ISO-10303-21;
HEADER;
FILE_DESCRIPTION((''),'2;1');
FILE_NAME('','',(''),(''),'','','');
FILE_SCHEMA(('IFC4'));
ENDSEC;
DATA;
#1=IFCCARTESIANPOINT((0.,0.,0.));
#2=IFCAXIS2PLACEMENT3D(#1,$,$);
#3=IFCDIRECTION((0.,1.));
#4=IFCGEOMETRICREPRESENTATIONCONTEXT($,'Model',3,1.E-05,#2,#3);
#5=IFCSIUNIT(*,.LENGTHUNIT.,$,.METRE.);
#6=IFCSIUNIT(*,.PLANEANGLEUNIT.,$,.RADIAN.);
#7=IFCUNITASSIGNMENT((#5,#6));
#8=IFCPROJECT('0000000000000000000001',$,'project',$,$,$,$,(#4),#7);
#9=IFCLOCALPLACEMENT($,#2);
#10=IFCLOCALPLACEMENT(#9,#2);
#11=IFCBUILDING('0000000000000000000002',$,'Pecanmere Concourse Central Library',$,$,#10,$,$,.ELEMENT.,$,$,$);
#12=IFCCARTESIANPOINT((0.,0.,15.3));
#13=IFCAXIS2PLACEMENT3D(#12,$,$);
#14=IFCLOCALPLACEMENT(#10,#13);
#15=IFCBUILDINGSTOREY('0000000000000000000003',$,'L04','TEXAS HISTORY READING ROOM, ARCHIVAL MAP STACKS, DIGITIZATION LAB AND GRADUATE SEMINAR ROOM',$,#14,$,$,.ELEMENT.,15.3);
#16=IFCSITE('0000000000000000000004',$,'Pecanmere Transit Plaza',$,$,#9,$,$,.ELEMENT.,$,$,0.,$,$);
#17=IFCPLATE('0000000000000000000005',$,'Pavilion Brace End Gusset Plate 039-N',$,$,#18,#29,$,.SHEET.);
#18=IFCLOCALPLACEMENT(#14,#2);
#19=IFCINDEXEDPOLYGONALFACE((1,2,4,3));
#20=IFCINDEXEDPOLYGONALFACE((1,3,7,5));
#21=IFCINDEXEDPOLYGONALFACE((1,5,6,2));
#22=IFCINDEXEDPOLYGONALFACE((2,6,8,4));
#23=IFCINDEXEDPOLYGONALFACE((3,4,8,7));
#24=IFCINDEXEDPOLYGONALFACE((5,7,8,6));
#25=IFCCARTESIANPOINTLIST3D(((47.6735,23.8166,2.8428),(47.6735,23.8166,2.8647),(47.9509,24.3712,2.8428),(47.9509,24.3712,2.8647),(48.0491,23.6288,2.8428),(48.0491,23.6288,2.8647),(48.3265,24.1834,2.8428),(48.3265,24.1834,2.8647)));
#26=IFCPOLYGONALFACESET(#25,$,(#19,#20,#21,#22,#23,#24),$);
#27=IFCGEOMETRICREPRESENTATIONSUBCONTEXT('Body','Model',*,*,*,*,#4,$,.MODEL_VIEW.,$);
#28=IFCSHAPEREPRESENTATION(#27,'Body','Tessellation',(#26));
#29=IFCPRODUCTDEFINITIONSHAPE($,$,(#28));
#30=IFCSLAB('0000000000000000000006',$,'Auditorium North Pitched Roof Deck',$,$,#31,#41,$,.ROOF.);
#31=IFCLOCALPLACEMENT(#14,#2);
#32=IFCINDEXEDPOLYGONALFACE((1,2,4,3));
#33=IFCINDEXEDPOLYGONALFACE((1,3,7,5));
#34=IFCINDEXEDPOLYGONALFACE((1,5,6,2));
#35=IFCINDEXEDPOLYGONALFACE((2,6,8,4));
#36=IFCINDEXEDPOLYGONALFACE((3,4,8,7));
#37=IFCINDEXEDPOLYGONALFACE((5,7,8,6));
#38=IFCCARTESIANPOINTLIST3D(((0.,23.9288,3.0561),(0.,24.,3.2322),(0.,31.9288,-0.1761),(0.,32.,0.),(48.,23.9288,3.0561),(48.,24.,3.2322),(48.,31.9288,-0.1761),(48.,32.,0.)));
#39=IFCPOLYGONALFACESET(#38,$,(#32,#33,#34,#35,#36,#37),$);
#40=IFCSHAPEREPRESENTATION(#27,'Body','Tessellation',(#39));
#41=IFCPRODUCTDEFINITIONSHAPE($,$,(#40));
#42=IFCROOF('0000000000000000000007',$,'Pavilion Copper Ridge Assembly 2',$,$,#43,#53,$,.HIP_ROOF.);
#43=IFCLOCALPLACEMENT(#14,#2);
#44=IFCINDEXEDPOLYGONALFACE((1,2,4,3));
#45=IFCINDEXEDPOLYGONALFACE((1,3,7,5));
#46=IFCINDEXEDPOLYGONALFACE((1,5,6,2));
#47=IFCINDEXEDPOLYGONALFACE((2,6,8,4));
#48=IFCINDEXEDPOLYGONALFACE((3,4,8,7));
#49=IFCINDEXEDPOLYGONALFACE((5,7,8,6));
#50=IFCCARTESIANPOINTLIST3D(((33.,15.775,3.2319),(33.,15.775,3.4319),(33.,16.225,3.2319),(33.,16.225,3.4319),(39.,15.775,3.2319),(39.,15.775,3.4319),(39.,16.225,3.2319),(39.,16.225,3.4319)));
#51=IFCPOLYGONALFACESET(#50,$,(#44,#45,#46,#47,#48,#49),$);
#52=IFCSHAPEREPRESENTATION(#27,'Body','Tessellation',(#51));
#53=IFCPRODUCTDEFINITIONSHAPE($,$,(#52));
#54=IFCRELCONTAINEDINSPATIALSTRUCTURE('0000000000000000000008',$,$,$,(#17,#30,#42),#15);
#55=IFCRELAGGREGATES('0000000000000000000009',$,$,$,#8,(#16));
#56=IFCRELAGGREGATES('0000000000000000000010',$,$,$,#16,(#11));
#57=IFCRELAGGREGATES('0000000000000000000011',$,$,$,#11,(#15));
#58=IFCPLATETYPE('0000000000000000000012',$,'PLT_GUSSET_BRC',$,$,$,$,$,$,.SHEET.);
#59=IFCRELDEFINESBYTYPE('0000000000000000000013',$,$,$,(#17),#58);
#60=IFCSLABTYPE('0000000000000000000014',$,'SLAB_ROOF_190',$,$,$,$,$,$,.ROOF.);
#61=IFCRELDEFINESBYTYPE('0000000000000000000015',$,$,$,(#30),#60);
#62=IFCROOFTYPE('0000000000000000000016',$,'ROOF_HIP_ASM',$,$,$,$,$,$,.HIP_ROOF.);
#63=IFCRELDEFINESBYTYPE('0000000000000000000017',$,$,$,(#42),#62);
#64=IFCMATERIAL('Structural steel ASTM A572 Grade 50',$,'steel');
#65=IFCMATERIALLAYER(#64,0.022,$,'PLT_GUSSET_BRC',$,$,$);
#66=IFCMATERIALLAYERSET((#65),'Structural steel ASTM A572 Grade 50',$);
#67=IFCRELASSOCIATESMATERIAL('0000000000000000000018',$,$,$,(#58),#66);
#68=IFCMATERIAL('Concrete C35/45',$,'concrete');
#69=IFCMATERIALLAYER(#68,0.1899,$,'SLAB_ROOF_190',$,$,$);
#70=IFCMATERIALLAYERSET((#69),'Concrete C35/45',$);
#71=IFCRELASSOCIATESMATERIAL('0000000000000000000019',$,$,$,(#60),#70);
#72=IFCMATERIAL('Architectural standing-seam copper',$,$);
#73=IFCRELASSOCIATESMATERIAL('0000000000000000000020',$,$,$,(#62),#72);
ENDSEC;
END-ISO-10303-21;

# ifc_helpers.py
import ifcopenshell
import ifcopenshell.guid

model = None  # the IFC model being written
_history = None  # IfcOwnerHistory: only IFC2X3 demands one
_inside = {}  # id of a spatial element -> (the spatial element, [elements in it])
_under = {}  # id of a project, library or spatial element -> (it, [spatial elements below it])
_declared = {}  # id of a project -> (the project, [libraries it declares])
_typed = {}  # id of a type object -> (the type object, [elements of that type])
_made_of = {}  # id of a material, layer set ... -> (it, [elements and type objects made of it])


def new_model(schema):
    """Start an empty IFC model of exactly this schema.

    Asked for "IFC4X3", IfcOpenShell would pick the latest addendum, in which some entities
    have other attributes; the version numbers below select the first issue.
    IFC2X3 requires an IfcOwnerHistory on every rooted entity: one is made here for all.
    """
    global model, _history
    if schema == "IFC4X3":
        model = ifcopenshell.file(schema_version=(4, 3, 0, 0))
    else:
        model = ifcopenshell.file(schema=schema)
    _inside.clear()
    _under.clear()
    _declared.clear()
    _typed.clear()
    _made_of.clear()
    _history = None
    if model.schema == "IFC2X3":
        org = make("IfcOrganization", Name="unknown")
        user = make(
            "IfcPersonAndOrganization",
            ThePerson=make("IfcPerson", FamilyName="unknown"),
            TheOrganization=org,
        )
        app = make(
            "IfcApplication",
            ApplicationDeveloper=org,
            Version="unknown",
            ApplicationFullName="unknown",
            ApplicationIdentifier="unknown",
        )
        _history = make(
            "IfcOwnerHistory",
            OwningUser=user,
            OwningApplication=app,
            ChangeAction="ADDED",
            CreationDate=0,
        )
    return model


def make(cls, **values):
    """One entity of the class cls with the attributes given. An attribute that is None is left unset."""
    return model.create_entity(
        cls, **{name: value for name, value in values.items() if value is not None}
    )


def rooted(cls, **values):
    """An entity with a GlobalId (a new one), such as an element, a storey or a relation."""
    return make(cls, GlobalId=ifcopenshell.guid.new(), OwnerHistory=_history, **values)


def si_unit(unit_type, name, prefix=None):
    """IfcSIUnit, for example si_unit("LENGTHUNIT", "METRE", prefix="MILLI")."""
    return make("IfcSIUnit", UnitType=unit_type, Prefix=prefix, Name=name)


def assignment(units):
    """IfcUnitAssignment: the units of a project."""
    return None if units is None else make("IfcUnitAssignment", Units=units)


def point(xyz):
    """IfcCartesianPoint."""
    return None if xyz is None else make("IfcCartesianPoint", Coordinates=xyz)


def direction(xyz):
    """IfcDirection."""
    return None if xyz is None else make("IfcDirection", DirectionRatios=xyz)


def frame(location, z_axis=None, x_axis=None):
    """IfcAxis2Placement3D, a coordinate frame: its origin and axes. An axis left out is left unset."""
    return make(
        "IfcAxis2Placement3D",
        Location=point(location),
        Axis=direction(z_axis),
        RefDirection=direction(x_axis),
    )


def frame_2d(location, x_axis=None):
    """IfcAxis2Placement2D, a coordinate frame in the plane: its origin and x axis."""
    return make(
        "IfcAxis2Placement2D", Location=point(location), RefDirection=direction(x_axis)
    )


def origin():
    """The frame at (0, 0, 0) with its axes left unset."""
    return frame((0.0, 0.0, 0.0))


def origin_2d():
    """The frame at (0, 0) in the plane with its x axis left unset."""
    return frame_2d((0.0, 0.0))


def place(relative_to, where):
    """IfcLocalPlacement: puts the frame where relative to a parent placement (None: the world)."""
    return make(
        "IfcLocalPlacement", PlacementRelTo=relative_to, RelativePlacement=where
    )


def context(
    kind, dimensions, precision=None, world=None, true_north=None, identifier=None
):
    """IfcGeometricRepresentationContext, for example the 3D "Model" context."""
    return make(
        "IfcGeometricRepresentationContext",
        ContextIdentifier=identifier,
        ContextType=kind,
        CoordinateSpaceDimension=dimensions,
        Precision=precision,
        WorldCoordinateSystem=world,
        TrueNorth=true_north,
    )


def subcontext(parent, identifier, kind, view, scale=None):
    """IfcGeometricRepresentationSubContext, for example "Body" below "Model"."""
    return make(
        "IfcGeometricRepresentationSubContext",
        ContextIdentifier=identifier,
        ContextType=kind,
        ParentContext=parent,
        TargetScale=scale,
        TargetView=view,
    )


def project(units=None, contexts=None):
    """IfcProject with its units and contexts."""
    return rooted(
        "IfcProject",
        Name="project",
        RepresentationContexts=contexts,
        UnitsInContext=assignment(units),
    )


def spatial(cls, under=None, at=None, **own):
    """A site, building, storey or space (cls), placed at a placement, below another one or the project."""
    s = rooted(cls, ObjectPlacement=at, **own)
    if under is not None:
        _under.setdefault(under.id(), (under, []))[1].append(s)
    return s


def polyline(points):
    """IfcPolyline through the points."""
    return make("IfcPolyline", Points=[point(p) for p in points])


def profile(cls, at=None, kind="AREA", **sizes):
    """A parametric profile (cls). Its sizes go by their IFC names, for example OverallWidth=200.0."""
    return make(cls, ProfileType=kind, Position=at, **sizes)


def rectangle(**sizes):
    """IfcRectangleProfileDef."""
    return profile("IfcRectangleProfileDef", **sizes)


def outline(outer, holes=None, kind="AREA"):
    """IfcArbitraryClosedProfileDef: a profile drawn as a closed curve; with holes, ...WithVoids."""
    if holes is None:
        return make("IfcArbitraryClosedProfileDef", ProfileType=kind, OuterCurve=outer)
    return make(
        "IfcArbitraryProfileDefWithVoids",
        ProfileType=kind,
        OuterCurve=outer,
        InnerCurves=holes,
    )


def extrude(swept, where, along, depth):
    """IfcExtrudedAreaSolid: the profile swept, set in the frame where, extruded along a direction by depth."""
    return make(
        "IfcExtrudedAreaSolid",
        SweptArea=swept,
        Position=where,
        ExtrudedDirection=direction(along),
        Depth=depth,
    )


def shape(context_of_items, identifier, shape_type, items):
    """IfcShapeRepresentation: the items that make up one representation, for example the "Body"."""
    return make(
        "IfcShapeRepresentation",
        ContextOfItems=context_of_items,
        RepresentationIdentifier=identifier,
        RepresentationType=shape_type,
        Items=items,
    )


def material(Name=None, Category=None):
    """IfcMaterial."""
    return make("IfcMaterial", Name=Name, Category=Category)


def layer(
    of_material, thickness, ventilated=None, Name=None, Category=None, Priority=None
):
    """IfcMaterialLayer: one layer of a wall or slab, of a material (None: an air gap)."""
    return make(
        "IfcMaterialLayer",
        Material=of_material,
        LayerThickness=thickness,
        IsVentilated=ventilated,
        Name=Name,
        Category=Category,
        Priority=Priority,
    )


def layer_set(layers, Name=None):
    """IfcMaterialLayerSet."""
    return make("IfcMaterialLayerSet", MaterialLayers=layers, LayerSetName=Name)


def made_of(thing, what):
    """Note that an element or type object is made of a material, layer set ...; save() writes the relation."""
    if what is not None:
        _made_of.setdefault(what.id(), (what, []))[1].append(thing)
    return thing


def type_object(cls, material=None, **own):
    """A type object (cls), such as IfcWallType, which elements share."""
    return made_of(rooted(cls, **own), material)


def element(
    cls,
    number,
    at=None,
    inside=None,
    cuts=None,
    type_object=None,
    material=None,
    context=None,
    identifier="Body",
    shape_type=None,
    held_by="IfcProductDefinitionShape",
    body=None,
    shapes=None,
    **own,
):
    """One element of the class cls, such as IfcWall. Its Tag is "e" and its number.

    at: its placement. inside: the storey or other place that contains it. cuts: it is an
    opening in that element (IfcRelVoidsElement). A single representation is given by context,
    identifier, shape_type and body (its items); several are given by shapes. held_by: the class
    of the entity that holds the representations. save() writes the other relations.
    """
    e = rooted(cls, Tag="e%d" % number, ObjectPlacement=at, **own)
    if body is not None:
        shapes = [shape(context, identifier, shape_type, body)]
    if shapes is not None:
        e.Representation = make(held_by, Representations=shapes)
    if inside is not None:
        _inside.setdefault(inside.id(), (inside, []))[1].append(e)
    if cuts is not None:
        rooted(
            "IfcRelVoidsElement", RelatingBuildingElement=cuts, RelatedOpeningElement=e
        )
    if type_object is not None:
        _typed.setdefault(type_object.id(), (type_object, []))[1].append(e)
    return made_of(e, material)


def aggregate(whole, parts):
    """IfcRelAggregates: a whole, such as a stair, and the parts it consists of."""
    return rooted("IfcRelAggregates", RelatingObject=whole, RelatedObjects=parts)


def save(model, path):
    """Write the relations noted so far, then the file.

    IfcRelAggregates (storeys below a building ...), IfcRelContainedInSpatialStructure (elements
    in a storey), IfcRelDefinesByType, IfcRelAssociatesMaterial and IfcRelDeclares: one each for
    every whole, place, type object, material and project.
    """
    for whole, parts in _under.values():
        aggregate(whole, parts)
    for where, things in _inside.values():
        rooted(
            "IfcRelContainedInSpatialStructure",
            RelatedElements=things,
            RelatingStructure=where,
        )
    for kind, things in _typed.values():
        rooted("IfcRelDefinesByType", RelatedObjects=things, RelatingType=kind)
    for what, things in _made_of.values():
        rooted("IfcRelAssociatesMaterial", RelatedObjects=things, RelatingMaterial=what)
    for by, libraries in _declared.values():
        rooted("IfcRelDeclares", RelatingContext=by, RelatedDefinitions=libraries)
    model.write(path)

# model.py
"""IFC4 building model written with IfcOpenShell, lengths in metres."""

from ifc_helpers import new_model, si_unit, direction, frame, origin, origin_2d, place, context, subcontext, project, spatial, polyline, rectangle, outline, extrude, material, layer, layer_set, type_object, element, save


model = new_model("IFC4")

# Units and contexts
model_context = context("Model", 3, precision=1e-05, world=origin(), true_north=direction((0.0, 1.0)))
body_context = subcontext(model_context, "Body", "Model", "MODEL_VIEW")
ifc_project = project(units=[si_unit("LENGTHUNIT", "METRE"), si_unit("PLANEANGLEUNIT", "RADIAN")], contexts=[model_context])

# Site, building, storey
site_placement = place(None, origin())
site = spatial("IfcSite", under=ifc_project, at=site_placement, Name="Pecanmere Transit Plaza", CompositionType="ELEMENT", RefElevation=0.0)
building_placement = place(site_placement, origin())
building = spatial("IfcBuilding", under=site, at=building_placement, Name="Pecanmere Concourse Central Library", CompositionType="ELEMENT")
storey_placement = place(building_placement, frame((0.0, 0.0, 15.3)))
storey = spatial("IfcBuildingStorey", under=building, at=storey_placement, Name="L04", Description="TEXAS HISTORY READING ROOM, ARCHIVAL MAP STACKS, DIGITIZATION LAB AND GRADUATE SEMINAR ROOM", CompositionType="ELEMENT", Elevation=15.3)

# Plate
ifc_material_1 = material(Name="Structural steel ASTM A572 Grade 50", Category="steel")
ifc_layer_1 = layer(ifc_material_1, 0.022, Name="PLT_GUSSET_BRC")
ifc_layer_set_1 = layer_set([ifc_layer_1], Name="Structural steel ASTM A572 Grade 50")
plate_type = type_object("IfcPlateType", Name="PLT_GUSSET_BRC", PredefinedType="SHEET", material=ifc_layer_set_1)
for number, where, z_axis, x_axis, name in (
    (1, (48.0, 24.0, 2.8428), (0.0, 0.0, 1.0), (0.447291, 0.894389, 0.0), "Pavilion Brace End Gusset Plate 039-N"),
):
    element("IfcPlate", number, at=place(storey_placement, frame(where, z_axis=z_axis, x_axis=x_axis)), inside=storey, type_object=plate_type, Name=name, PredefinedType="SHEET", context=body_context, shape_type="SweptSolid", body=[
        extrude(rectangle(XDim=0.6201, YDim=0.4199, at=origin_2d()), origin(), (0.0, 0.0, 1.0), 0.022),
    ])

# Slab
ifc_material_2 = material(Name="Concrete C35/45", Category="concrete")
ifc_layer_2 = layer(ifc_material_2, 0.1899, Name="SLAB_ROOF_190")
ifc_layer_set_2 = layer_set([ifc_layer_2], Name="Concrete C35/45")
slab_type = type_object("IfcSlabType", Name="SLAB_ROOF_190", PredefinedType="ROOF", material=ifc_layer_set_2)
slab_placement = place(storey_placement, frame((48.0, 32.0, 0.0), z_axis=(0.0, 0.374603, 0.927185), x_axis=(-1.0, 0.0, 0.0)))
element("IfcSlab", 2, at=slab_placement, inside=storey, type_object=slab_type, Name="Auditorium North Pitched Roof Deck", PredefinedType="ROOF", context=body_context, shape_type="SweptSolid", body=[
    extrude(outline(polyline([(0.0, 0.0), (48.0, 0.0), (48.0, 8.6283), (0.0, 8.6283), (0.0, 0.0)])), origin(), (0.0, 0.0, -1.0), 0.1899),
])

# Roof
ifc_material_3 = material(Name="Architectural standing-seam copper")
roof_type = type_object("IfcRoofType", Name="ROOF_HIP_ASM", PredefinedType="HIP_ROOF", material=ifc_material_3)
roof_placement = place(storey_placement, frame((36.0, 16.0, 3.2319), z_axis=(0.0, 0.0, 1.0), x_axis=(1.0, 0.0, 0.0)))
element("IfcRoof", 3, at=roof_placement, inside=storey, type_object=roof_type, Name="Pavilion Copper Ridge Assembly 2", PredefinedType="HIP_ROOF", context=body_context, shape_type="SweptSolid", body=[
    extrude(rectangle(XDim=6.0, YDim=0.45, at=origin_2d()), origin(), (0.0, 0.0, 1.0), 0.2),
])

save(model, "model.ifc")
